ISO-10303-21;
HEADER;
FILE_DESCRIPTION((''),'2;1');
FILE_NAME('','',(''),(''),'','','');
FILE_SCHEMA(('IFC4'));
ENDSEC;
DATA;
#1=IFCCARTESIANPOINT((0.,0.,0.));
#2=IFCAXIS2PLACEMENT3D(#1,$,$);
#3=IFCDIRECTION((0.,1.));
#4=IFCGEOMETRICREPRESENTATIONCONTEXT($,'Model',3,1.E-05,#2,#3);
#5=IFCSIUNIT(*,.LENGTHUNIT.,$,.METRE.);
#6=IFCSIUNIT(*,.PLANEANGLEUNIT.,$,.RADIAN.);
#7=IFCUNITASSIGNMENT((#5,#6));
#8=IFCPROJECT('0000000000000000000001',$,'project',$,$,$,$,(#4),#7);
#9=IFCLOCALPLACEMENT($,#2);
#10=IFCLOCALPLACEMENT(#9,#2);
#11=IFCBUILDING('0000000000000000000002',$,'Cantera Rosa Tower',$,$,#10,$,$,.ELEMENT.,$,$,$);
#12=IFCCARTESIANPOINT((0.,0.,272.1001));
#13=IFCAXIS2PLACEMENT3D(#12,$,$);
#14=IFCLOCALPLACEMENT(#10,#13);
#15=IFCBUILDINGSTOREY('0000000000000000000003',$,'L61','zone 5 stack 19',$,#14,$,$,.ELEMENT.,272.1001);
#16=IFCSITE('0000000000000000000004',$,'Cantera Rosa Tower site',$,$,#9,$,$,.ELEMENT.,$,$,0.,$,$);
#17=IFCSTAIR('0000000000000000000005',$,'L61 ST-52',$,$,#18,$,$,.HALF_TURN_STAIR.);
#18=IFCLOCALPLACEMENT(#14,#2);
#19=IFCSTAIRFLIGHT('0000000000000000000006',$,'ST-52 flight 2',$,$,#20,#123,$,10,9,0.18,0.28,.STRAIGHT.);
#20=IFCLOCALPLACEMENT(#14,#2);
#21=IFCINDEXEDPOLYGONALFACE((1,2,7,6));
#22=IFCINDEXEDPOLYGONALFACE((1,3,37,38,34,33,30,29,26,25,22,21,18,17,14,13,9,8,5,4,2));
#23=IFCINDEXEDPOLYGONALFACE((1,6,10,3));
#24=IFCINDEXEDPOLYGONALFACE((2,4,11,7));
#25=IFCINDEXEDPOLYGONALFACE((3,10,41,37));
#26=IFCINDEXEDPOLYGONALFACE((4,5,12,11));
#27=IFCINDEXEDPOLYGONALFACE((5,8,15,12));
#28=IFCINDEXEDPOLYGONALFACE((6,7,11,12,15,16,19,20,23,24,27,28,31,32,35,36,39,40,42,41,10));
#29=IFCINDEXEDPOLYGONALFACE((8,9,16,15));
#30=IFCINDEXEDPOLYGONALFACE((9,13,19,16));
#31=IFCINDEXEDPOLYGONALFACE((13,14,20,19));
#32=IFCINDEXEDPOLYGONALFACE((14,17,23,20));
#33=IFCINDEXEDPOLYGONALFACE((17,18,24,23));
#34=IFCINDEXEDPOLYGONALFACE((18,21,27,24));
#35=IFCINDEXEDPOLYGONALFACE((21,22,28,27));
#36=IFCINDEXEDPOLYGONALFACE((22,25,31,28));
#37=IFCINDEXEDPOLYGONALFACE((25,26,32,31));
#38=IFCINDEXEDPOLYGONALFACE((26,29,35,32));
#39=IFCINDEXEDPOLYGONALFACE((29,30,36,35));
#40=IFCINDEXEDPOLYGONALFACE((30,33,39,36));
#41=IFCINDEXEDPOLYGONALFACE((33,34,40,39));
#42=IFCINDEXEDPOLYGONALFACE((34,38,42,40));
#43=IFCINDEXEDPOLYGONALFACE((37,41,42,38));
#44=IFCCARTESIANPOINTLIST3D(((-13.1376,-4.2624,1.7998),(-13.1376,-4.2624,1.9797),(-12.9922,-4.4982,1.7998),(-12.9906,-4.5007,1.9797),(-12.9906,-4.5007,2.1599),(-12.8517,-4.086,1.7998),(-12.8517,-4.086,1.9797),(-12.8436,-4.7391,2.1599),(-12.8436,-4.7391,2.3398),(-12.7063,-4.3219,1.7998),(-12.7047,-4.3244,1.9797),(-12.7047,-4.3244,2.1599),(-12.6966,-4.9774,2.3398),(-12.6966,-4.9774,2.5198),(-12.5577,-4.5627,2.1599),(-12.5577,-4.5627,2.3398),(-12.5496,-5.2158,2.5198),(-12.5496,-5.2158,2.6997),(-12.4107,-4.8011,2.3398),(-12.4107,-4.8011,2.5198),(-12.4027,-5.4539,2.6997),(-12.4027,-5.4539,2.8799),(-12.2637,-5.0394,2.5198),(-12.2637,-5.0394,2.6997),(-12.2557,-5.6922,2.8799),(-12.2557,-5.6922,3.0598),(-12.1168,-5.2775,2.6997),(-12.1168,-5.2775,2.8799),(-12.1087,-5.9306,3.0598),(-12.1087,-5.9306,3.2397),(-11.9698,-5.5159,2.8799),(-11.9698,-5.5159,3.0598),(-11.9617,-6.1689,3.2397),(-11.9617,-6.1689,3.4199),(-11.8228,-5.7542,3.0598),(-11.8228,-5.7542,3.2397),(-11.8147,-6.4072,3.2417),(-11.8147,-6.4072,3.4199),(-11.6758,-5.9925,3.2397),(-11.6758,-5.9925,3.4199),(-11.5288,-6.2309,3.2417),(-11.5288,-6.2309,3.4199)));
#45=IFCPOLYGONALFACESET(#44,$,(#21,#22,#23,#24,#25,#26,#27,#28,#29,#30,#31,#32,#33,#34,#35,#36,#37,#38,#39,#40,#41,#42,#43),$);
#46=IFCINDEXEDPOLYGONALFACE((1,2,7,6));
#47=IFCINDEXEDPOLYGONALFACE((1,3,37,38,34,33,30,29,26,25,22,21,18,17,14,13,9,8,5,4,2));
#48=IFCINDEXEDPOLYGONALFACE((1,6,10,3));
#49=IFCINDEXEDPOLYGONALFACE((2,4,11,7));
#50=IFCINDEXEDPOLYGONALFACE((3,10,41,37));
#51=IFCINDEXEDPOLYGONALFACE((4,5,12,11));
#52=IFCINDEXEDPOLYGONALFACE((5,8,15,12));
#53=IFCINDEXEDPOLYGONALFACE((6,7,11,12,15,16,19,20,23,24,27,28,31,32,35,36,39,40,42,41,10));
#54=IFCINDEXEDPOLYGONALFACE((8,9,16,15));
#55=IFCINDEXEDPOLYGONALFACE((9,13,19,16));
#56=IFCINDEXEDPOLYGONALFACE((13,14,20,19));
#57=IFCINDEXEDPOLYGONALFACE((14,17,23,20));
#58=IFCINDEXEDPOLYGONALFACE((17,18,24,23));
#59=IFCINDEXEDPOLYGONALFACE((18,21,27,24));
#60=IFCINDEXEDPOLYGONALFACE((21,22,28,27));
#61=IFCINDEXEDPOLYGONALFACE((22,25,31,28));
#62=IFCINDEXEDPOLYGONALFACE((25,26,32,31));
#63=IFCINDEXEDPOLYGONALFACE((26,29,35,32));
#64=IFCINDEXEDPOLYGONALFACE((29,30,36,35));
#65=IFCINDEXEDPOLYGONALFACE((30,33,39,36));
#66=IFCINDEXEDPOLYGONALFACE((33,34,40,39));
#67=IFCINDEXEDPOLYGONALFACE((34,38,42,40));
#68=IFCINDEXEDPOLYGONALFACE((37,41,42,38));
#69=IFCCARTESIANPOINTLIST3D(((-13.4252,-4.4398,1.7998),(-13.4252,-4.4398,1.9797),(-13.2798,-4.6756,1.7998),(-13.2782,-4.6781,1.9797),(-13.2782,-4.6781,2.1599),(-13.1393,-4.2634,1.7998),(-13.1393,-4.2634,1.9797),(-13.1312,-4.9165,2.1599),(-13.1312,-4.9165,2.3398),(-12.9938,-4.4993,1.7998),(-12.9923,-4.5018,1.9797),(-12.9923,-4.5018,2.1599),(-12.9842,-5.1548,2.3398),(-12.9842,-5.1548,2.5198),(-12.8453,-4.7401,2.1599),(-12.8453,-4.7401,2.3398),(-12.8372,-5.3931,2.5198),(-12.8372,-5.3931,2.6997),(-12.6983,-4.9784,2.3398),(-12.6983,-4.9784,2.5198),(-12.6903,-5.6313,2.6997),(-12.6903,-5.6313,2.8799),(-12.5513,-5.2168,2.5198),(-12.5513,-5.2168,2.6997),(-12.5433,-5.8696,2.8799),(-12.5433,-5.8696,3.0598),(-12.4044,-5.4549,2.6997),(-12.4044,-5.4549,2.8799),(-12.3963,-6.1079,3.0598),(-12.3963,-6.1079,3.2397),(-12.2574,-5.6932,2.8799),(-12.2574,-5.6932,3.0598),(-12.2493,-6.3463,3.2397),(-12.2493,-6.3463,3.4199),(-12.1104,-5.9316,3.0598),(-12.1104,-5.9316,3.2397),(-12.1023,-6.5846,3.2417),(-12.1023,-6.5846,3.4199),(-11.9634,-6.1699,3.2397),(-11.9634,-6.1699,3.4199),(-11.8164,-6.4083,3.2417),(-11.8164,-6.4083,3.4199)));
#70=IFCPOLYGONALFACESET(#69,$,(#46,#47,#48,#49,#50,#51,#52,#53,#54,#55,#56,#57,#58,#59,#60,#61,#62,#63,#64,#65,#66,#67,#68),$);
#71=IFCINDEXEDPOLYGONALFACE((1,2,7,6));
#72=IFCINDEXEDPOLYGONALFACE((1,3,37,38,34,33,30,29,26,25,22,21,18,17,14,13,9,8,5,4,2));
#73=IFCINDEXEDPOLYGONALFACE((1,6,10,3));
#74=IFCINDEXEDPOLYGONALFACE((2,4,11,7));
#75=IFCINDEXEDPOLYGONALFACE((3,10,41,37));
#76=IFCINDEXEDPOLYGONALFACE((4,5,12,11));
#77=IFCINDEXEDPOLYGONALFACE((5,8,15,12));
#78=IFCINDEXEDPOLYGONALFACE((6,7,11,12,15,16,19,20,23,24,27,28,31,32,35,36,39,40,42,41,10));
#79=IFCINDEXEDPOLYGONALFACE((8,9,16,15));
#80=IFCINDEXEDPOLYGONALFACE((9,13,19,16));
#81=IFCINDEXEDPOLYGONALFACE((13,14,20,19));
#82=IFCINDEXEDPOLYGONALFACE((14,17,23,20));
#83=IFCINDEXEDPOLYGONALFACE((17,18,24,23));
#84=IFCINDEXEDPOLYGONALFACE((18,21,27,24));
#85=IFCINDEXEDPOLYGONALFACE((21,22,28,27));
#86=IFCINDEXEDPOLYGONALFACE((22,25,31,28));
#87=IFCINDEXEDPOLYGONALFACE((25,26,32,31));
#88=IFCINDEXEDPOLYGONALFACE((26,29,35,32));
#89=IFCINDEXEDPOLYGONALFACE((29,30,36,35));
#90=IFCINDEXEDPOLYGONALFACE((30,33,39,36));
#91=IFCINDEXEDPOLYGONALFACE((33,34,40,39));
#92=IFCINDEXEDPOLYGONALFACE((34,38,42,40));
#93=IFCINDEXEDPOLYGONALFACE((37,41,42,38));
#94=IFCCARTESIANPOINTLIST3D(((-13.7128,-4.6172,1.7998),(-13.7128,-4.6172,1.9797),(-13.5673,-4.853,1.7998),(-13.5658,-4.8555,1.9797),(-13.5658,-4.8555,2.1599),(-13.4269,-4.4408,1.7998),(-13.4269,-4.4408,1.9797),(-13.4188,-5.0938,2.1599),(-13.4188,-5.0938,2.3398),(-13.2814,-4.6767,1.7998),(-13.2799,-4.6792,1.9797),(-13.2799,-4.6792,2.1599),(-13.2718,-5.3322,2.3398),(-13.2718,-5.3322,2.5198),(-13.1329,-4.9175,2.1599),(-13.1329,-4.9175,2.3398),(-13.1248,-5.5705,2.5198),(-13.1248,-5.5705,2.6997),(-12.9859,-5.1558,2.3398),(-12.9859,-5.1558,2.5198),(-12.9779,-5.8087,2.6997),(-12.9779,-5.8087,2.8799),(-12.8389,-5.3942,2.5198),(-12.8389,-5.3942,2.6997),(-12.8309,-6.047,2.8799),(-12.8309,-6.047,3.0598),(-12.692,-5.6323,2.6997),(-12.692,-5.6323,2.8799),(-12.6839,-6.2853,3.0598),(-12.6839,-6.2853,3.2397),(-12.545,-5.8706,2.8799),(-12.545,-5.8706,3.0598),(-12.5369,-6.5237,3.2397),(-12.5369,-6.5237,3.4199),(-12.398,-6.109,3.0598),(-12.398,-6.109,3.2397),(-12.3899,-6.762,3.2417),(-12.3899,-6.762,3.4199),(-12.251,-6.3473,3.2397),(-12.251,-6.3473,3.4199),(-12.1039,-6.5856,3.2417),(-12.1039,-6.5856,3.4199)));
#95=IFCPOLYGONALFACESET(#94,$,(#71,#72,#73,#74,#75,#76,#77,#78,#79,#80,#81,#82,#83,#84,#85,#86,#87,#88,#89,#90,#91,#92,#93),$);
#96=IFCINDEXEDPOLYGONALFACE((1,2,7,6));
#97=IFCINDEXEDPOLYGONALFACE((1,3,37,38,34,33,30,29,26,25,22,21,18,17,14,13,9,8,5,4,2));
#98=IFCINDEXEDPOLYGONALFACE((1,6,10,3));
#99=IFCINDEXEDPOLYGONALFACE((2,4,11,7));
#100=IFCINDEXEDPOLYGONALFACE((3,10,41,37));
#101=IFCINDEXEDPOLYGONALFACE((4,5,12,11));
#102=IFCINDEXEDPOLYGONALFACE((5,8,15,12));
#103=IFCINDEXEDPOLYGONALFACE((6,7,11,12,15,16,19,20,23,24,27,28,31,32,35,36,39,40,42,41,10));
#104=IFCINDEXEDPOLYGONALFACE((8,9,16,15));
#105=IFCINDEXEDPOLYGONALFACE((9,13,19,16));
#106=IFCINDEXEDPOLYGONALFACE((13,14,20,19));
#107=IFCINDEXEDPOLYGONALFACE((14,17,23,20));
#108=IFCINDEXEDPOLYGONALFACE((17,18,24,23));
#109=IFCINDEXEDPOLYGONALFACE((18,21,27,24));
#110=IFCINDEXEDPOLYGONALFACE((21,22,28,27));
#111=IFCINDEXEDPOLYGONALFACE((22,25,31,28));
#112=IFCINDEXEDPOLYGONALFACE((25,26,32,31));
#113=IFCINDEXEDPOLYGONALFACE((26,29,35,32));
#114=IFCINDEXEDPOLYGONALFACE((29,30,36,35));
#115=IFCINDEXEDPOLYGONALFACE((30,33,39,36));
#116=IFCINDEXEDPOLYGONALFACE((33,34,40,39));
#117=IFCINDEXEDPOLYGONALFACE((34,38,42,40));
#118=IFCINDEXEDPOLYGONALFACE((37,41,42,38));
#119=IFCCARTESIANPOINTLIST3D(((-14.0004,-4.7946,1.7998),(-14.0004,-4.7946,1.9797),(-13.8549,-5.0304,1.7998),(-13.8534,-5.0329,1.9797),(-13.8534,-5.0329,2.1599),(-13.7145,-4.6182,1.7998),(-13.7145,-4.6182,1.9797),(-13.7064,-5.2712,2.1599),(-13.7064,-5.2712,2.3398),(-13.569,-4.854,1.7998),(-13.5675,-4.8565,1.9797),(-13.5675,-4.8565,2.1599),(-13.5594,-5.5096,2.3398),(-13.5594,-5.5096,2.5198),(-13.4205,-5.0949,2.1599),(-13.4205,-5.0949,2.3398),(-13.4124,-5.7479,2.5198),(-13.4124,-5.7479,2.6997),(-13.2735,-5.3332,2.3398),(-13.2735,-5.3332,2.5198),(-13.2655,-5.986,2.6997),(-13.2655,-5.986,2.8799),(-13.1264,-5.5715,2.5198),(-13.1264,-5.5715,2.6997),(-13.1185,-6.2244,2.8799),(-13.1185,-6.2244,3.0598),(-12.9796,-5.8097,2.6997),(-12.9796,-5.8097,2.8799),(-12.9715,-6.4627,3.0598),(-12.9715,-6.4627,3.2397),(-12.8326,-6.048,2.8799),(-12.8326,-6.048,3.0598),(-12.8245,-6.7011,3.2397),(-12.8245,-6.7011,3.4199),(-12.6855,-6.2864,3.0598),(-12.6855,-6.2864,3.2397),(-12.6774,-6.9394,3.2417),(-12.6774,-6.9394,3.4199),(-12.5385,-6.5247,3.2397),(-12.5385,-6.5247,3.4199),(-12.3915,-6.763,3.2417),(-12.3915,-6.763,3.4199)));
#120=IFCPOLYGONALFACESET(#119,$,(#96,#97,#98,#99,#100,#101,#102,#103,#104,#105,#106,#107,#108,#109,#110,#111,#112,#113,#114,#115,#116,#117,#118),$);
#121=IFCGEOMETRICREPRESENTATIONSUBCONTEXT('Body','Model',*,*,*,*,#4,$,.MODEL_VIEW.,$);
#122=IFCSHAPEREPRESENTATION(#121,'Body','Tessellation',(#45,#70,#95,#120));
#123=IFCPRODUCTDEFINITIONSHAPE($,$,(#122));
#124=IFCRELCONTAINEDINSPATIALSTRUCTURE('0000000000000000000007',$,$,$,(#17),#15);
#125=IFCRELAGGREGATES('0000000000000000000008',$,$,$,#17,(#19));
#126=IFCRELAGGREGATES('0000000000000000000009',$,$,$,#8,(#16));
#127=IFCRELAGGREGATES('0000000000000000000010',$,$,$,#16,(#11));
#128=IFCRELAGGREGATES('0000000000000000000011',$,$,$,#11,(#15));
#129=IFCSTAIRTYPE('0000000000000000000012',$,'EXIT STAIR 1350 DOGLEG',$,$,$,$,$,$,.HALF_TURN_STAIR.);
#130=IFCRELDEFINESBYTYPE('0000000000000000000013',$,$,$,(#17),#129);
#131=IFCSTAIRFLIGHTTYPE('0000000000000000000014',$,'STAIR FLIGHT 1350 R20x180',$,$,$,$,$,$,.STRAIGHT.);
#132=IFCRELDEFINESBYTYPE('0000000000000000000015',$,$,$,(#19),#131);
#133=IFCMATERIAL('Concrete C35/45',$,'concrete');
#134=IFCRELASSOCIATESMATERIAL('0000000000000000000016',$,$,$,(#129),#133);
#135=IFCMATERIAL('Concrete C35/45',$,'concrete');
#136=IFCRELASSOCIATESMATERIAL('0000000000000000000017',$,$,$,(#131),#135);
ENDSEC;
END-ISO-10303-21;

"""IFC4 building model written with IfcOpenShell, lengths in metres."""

from ifc_helpers import new_model, si_unit, direction, frame, origin, place, context, subcontext, project, spatial, polyline, outline, extrude, material, type_object, element, aggregate, save


model = new_model("IFC4")

# Units and contexts
model_context = context("Model", 3, precision=1e-05, world=origin(), true_north=direction((0.0, 1.0)))
body_context = subcontext(model_context, "Body", "Model", "MODEL_VIEW")
ifc_project = project(units=[si_unit("LENGTHUNIT", "METRE"), si_unit("PLANEANGLEUNIT", "RADIAN")], contexts=[model_context])

# Site, building, storey
site_placement = place(None, origin())
site = spatial("IfcSite", under=ifc_project, at=site_placement, Name="Cantera Rosa Tower site", CompositionType="ELEMENT", RefElevation=0.0)
building_placement = place(site_placement, origin())
building = spatial("IfcBuilding", under=site, at=building_placement, Name="Cantera Rosa Tower", CompositionType="ELEMENT")
storey_placement = place(building_placement, frame((0.0, 0.0, 272.1001)))
storey = spatial("IfcBuildingStorey", under=building, at=storey_placement, Name="L61", Description="zone 5 stack 19", CompositionType="ELEMENT", Elevation=272.1001)

# Stair, stair flight
ifc_material_1 = material(Name="Concrete C35/45", Category="concrete")
stair_type = type_object("IfcStairType", Name="EXIT STAIR 1350 DOGLEG", PredefinedType="HALF_TURN_STAIR", material=ifc_material_1)
stair_placement = place(storey_placement, origin())
stair = element("IfcStair", 1, at=stair_placement, inside=storey, type_object=stair_type, Name="L61 ST-52", PredefinedType="HALF_TURN_STAIR")
ifc_material_2 = material(Name="Concrete C35/45", Category="concrete")
stair_flight_type = type_object("IfcStairFlightType", Name="STAIR FLIGHT 1350 R20x180", PredefinedType="STRAIGHT", material=ifc_material_2)
stair_flight_1_placement = place(storey_placement, frame((-13.4263, -4.4404, 1.7998), z_axis=(0.0, 0.0, 1.0), x_axis=(0.524977, -0.851117, 0.0)))
stair_flight_1 = element("IfcStairFlight", 2, at=stair_flight_1_placement, type_object=stair_flight_type, Name="ST-52 flight 2", NumberOfRisers=10, NumberOfTreads=9, PredefinedType="STRAIGHT", RiserHeight=0.18, TreadLength=0.28, context=body_context, shape_type="SweptSolid", body=[
    extrude(outline(polyline([(0.0, 0.0), (0.0, 0.1799), (0.28, 0.1799), (0.28, 0.3601), (0.5601, 0.3601), (0.5601, 0.54), (0.8401, 0.54), (0.8401, 0.72), (1.1201, 0.72), (1.1201, 0.8999), (1.3999, 0.8999), (1.3999, 1.0801), (1.6799, 1.0801), (1.6799, 1.26), (1.96, 1.26), (1.96, 1.4399), (2.24, 1.4399), (2.24, 1.6201), (2.52, 1.6201), (2.52, 1.8), (2.52, 1.4419), (0.2771, 0.0), (0.0, 0.0)])), frame((0.0, 0.675, 0.0), z_axis=(0.0, -1.0, 0.0), x_axis=(1.0, 0.0, 0.0)), (0.0, 0.0, 1.0), 0.3359),
    extrude(outline(polyline([(0.0, 0.0), (0.0, 0.1799), (0.28, 0.1799), (0.28, 0.3601), (0.5601, 0.3601), (0.5601, 0.54), (0.8401, 0.54), (0.8401, 0.72), (1.1201, 0.72), (1.1201, 0.8999), (1.3999, 0.8999), (1.3999, 1.0801), (1.6799, 1.0801), (1.6799, 1.26), (1.96, 1.26), (1.96, 1.4399), (2.24, 1.4399), (2.24, 1.6201), (2.52, 1.6201), (2.52, 1.8), (2.52, 1.4419), (0.2771, 0.0), (0.0, 0.0)])), frame((0.0, 0.3372, 0.0), z_axis=(0.0, -1.0, 0.0), x_axis=(1.0, 0.0, 0.0)), (0.0, 0.0, 1.0), 0.3359),
    extrude(outline(polyline([(0.0, 0.0), (0.0, 0.1799), (0.28, 0.1799), (0.28, 0.3601), (0.5601, 0.3601), (0.5601, 0.54), (0.8401, 0.54), (0.8401, 0.72), (1.1201, 0.72), (1.1201, 0.8999), (1.3999, 0.8999), (1.3999, 1.0801), (1.6799, 1.0801), (1.6799, 1.26), (1.96, 1.26), (1.96, 1.4399), (2.24, 1.4399), (2.24, 1.6201), (2.52, 1.6201), (2.52, 1.8), (2.52, 1.4419), (0.2771, 0.0), (0.0, 0.0)])), frame((0.0, -0.0007, 0.0), z_axis=(0.0, -1.0, 0.0), x_axis=(1.0, 0.0, 0.0)), (0.0, 0.0, 1.0), 0.3359),
    extrude(outline(polyline([(0.0, 0.0), (0.0, 0.1799), (0.28, 0.1799), (0.28, 0.3601), (0.5601, 0.3601), (0.5601, 0.54), (0.8401, 0.54), (0.8401, 0.72), (1.1201, 0.72), (1.1201, 0.8999), (1.3999, 0.8999), (1.3999, 1.0801), (1.6799, 1.0801), (1.6799, 1.26), (1.96, 1.26), (1.96, 1.4399), (2.24, 1.4399), (2.24, 1.6201), (2.52, 1.6201), (2.52, 1.8), (2.52, 1.4419), (0.2771, 0.0), (0.0, 0.0)])), frame((0.0, -0.3386, 0.0), z_axis=(0.0, -1.0, 0.0), x_axis=(1.0, 0.0, 0.0)), (0.0, 0.0, 1.0), 0.3359),
])
aggregate(stair, [stair_flight_1])

save(model, "model.ifc")
